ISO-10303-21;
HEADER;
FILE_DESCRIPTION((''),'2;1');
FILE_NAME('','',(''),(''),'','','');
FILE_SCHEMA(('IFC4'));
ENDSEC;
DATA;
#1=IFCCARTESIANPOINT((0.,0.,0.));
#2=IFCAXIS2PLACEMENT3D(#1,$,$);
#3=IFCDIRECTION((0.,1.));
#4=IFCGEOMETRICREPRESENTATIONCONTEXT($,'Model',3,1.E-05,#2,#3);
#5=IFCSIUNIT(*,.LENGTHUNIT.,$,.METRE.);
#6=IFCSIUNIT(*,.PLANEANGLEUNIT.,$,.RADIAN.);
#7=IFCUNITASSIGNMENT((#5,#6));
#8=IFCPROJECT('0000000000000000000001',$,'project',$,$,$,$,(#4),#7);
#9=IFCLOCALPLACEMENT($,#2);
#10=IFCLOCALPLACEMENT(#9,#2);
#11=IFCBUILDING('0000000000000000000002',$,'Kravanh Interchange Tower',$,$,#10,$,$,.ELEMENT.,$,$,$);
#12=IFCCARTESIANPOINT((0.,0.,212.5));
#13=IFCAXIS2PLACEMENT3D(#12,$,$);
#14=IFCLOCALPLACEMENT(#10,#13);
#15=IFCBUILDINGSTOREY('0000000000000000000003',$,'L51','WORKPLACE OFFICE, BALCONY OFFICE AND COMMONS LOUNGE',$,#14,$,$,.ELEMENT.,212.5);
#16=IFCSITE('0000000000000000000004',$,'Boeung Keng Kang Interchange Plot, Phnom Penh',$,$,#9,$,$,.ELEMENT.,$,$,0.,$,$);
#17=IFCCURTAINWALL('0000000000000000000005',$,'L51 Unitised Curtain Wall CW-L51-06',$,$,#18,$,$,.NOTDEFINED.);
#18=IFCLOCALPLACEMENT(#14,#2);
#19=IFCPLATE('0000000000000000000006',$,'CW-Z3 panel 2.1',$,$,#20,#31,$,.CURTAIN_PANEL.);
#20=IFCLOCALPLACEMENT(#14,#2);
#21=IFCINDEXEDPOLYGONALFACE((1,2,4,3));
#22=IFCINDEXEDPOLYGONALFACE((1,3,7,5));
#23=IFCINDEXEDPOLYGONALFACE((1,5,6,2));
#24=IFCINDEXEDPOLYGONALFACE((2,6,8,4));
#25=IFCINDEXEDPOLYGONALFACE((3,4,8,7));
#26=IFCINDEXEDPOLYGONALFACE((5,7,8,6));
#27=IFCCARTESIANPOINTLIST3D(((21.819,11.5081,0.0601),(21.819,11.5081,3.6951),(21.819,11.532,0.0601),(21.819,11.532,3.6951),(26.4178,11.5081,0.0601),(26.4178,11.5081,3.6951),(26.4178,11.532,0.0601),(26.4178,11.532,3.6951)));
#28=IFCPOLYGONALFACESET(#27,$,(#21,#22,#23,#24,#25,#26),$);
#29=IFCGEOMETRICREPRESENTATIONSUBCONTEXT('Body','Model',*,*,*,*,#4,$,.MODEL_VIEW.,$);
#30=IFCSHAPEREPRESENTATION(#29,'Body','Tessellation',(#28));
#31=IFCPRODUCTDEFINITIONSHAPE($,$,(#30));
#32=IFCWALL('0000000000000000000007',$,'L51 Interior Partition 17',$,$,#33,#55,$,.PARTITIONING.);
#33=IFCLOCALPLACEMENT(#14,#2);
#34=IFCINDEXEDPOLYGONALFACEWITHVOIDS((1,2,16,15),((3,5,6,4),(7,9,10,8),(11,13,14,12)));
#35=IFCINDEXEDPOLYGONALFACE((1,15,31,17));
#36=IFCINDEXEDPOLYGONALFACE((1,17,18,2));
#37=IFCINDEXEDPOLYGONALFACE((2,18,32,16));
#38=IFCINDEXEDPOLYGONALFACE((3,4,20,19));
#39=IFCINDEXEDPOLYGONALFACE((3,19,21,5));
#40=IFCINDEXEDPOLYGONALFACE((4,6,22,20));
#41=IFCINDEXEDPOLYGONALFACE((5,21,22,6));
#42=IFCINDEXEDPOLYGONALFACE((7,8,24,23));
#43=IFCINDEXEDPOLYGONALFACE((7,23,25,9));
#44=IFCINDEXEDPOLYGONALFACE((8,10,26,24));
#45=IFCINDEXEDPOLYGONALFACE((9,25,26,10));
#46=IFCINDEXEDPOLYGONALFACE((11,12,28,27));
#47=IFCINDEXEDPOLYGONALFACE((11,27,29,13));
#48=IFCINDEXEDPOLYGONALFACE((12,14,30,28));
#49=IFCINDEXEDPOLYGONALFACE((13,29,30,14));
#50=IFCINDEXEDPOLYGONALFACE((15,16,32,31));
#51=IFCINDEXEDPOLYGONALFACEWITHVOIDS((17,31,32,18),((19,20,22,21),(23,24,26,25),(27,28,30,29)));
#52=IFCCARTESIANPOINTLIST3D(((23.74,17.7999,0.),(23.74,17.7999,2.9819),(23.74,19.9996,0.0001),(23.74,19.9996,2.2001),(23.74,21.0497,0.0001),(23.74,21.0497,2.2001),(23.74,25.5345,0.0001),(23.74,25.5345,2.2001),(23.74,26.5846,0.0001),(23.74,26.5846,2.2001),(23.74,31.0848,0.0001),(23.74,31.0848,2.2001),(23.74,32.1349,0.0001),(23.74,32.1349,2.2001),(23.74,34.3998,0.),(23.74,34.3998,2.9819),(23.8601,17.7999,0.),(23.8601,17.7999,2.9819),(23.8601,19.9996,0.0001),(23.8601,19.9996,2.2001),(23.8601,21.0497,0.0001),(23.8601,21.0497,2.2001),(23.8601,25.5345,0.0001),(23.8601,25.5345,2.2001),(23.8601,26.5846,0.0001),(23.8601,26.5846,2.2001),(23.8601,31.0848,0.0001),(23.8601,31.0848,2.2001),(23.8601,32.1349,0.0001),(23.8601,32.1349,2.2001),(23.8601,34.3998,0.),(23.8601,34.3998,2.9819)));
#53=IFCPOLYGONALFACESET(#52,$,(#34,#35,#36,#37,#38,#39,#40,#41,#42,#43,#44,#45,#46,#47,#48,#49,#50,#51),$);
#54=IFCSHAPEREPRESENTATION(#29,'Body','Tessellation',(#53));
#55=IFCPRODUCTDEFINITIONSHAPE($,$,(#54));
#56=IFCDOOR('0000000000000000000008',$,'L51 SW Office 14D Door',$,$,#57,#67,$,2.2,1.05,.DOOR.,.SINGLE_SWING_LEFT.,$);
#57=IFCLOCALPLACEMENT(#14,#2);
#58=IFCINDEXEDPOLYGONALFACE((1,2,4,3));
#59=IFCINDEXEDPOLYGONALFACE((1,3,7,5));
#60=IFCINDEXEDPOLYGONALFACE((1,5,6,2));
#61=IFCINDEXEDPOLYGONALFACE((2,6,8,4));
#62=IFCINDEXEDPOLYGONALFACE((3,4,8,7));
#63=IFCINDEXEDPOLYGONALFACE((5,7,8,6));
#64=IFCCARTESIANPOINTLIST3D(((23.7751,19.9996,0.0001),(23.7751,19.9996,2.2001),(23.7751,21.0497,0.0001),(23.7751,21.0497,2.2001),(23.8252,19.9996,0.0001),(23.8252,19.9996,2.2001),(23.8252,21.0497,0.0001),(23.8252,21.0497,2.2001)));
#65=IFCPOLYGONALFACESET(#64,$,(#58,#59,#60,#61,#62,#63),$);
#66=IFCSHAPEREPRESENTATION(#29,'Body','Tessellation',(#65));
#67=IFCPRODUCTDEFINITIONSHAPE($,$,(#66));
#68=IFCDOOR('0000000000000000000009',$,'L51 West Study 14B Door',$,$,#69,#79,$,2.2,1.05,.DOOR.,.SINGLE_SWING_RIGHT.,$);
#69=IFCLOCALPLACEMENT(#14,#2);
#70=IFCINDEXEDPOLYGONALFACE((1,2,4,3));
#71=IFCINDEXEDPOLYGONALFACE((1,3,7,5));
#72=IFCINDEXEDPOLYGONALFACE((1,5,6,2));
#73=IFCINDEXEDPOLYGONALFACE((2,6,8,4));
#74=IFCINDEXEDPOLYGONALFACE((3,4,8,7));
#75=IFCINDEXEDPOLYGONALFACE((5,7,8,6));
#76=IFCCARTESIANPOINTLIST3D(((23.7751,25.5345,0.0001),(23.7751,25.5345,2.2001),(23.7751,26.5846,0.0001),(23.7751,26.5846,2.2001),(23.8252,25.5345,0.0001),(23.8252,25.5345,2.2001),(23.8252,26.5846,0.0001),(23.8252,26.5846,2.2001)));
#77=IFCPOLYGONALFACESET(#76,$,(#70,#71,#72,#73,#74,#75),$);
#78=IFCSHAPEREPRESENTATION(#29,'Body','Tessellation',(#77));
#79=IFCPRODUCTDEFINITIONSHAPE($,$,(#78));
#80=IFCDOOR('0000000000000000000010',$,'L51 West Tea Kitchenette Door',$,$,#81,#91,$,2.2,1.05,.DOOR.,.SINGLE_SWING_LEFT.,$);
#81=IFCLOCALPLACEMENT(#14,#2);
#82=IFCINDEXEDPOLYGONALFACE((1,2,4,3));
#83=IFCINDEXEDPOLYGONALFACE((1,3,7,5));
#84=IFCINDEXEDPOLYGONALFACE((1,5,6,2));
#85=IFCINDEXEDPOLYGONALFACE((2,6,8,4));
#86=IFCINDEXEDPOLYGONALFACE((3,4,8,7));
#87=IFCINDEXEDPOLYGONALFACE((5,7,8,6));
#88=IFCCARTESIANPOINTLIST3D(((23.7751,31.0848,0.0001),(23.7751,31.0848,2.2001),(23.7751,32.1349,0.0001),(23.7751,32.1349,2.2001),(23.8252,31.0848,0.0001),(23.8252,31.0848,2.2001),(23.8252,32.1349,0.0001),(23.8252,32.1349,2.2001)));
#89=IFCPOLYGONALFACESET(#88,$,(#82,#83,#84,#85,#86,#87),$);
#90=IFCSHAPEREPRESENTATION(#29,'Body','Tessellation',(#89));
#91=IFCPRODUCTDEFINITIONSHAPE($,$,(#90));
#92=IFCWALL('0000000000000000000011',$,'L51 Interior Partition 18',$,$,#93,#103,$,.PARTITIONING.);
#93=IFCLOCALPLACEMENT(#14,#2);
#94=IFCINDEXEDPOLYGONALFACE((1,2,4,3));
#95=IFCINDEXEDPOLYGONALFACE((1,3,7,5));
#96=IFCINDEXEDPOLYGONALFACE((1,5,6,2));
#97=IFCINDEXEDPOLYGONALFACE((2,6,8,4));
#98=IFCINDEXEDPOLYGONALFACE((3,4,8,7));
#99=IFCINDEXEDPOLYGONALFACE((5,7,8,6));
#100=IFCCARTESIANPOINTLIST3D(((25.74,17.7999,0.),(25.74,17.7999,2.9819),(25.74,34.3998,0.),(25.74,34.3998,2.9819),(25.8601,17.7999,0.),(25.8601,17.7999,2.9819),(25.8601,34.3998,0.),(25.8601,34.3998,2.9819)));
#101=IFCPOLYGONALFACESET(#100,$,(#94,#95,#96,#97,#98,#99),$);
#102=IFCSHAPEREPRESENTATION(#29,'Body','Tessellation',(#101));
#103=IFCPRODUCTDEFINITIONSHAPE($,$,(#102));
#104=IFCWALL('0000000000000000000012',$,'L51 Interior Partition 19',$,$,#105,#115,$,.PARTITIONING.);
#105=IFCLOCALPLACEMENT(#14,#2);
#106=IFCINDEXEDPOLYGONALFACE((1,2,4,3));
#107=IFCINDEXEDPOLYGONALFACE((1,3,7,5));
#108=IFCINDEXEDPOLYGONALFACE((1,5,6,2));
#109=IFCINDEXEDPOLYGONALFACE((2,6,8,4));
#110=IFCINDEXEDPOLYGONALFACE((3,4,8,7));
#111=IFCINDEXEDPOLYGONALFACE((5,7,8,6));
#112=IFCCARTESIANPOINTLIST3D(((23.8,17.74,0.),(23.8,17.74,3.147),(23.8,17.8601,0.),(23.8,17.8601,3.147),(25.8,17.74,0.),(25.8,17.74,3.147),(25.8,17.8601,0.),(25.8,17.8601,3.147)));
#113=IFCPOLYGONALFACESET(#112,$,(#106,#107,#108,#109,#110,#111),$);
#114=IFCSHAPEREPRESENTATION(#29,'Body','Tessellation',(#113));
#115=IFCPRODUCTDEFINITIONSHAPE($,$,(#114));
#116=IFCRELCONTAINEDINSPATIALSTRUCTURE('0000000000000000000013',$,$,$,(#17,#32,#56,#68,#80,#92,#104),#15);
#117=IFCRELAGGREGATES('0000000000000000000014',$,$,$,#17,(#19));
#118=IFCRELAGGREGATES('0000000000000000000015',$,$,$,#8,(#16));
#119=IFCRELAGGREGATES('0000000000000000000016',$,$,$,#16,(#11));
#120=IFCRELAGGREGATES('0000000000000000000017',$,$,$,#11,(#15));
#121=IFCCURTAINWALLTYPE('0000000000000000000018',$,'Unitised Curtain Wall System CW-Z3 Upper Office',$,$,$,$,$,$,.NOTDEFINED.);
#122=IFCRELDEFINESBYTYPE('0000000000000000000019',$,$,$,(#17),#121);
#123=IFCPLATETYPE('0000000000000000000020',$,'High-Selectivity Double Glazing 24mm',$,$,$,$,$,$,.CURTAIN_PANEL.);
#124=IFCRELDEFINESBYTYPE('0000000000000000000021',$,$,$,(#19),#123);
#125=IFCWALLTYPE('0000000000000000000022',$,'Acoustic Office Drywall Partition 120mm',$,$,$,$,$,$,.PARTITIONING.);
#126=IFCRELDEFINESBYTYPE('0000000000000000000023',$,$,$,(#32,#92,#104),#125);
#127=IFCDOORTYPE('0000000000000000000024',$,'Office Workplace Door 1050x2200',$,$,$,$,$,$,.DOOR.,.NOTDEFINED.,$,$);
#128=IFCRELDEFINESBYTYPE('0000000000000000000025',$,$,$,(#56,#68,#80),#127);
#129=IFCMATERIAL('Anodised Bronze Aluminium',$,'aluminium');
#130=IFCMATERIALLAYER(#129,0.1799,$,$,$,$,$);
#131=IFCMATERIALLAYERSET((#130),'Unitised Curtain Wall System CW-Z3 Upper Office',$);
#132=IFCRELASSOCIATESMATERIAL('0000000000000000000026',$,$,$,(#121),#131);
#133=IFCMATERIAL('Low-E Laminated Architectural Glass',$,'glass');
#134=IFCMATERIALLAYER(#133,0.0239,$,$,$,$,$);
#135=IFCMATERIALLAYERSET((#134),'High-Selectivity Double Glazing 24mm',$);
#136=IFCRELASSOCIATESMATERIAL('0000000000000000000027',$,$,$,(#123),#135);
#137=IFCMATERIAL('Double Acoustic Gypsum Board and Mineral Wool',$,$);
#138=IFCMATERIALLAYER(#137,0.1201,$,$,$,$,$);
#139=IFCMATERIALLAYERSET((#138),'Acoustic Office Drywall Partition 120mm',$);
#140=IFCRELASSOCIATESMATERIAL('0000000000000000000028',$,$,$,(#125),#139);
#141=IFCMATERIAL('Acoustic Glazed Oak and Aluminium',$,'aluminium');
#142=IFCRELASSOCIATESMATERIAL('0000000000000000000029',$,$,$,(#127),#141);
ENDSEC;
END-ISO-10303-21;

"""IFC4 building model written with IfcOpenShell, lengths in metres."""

from ifc_helpers import new_model, si_unit, direction, frame, frame_2d, origin, origin_2d, place, context, subcontext, project, spatial, rectangle, extrude, material, layer, layer_set, type_object, element, fill, aggregate, save


model = new_model("IFC4")

# Units and contexts
model_context = context("Model", 3, precision=1e-05, world=origin(), true_north=direction((0.0, 1.0)))
body_context = subcontext(model_context, "Body", "Model", "MODEL_VIEW")
ifc_project = project(units=[si_unit("LENGTHUNIT", "METRE"), si_unit("PLANEANGLEUNIT", "RADIAN")], contexts=[model_context])

# Site, building, storey
site_placement = place(None, origin())
site = spatial("IfcSite", under=ifc_project, at=site_placement, Name="Boeung Keng Kang Interchange Plot, Phnom Penh", CompositionType="ELEMENT", RefElevation=0.0)
building_placement = place(site_placement, origin())
building = spatial("IfcBuilding", under=site, at=building_placement, Name="Kravanh Interchange Tower", CompositionType="ELEMENT")
storey_placement = place(building_placement, frame((0.0, 0.0, 212.5)))
storey = spatial("IfcBuildingStorey", under=building, at=storey_placement, Name="L51", Description="WORKPLACE OFFICE, BALCONY OFFICE AND COMMONS LOUNGE", CompositionType="ELEMENT", Elevation=212.5)

# Curtain wall
ifc_material_1 = material(Name="Anodised Bronze Aluminium", Category="aluminium")
ifc_layer_1 = layer(ifc_material_1, 0.1799)
ifc_layer_set_1 = layer_set([ifc_layer_1], Name="Unitised Curtain Wall System CW-Z3 Upper Office")
curtain_wall_type = type_object("IfcCurtainWallType", Name="Unitised Curtain Wall System CW-Z3 Upper Office", PredefinedType="NOTDEFINED", material=ifc_layer_set_1)
curtain_wall_1_placement = place(storey_placement, origin())
curtain_wall_1 = element("IfcCurtainWall", 1, at=curtain_wall_1_placement, inside=storey, type_object=curtain_wall_type, Name="L51 Unitised Curtain Wall CW-L51-06", PredefinedType="NOTDEFINED")

# Plate
ifc_material_2 = material(Name="Low-E Laminated Architectural Glass", Category="glass")
ifc_layer_2 = layer(ifc_material_2, 0.0239)
ifc_layer_set_2 = layer_set([ifc_layer_2], Name="High-Selectivity Double Glazing 24mm")
plate_type = type_object("IfcPlateType", Name="High-Selectivity Double Glazing 24mm", PredefinedType="CURTAIN_PANEL", material=ifc_layer_set_2)
plate_placement = place(storey_placement, frame((24.1184, 11.52, 0.0601), z_axis=(0.0, 0.0, 1.0), x_axis=(-1.0, 0.0, 0.0)))
plate = element("IfcPlate", 2, at=plate_placement, type_object=plate_type, Name="CW-Z3 panel 2.1", PredefinedType="CURTAIN_PANEL", context=body_context, shape_type="SweptSolid", body=[
    extrude(rectangle(XDim=4.5989, YDim=0.0239, at=origin_2d()), origin(), (0.0, 0.0, 1.0), 3.635),
])
aggregate(curtain_wall_1, [plate])

# Wall, openings, doors
ifc_material_3 = material(Name="Double Acoustic Gypsum Board and Mineral Wool")
ifc_layer_3 = layer(ifc_material_3, 0.1201)
ifc_layer_set_3 = layer_set([ifc_layer_3], Name="Acoustic Office Drywall Partition 120mm")
wall_type = type_object("IfcWallType", Name="Acoustic Office Drywall Partition 120mm", PredefinedType="PARTITIONING", material=ifc_layer_set_3)
wall_1_placement = place(storey_placement, frame((23.8, 17.8, 0.0), z_axis=(0.0, 0.0, 1.0), x_axis=(0.0, 1.0, 0.0)))
wall_1 = element("IfcWall", 3, at=wall_1_placement, inside=storey, type_object=wall_type, Name="L51 Interior Partition 17", PredefinedType="PARTITIONING", context=body_context, shape_type="SweptSolid", body=[
    extrude(rectangle(XDim=16.5999, YDim=0.1201, at=frame_2d((8.2998, 0.0))), origin(), (0.0, 0.0, 1.0), 2.9819),
])
opening_1_placement = place(wall_1_placement, frame((2.1997, 0.0, 0.0)))
opening_1 = element("IfcOpeningElement", 4, at=opening_1_placement, cuts=wall_1, PredefinedType="OPENING", context=body_context, shape_type="SweptSolid", body=[
    extrude(rectangle(XDim=1.05, YDim=2.2, at=frame_2d((0.5249, 1.1001))), frame((0.0, 0.0701, 0.0), z_axis=(0.0, -1.0, 0.0), x_axis=(1.0, 0.0, 0.0)), (0.0, 0.0, 1.0), 0.1401),
])
opening_2_placement = place(wall_1_placement, frame((7.7346, 0.0, 0.0)))
opening_2 = element("IfcOpeningElement", 5, at=opening_2_placement, cuts=wall_1, PredefinedType="OPENING", context=body_context, shape_type="SweptSolid", body=[
    extrude(rectangle(XDim=1.05, YDim=2.2, at=frame_2d((0.5249, 1.1001))), frame((0.0, 0.0701, 0.0), z_axis=(0.0, -1.0, 0.0), x_axis=(1.0, 0.0, 0.0)), (0.0, 0.0, 1.0), 0.1401),
])
opening_3_placement = place(wall_1_placement, frame((13.2849, 0.0, 0.0)))
opening_3 = element("IfcOpeningElement", 6, at=opening_3_placement, cuts=wall_1, PredefinedType="OPENING", context=body_context, shape_type="SweptSolid", body=[
    extrude(rectangle(XDim=1.05, YDim=2.2, at=frame_2d((0.5249, 1.1001))), frame((0.0, 0.0701, 0.0), z_axis=(0.0, -1.0, 0.0), x_axis=(1.0, 0.0, 0.0)), (0.0, 0.0, 1.0), 0.1401),
])
ifc_material_4 = material(Name="Acoustic Glazed Oak and Aluminium", Category="aluminium")
door_type = type_object("IfcDoorType", Name="Office Workplace Door 1050x2200", OperationType="NOTDEFINED", PredefinedType="DOOR", material=ifc_material_4)
door_1_placement = place(opening_1_placement, origin())
door_1 = element("IfcDoor", 7, at=door_1_placement, inside=storey, type_object=door_type, Name="L51 SW Office 14D Door", OperationType="SINGLE_SWING_LEFT", OverallHeight=2.2, OverallWidth=1.05, PredefinedType="DOOR", context=body_context, shape_type="SweptSolid", body=[
    extrude(rectangle(XDim=1.05, YDim=2.2, at=frame_2d((0.5249, 1.1001))), frame((0.0, 0.0249, 0.0), z_axis=(0.0, -1.0, 0.0), x_axis=(1.0, 0.0, 0.0)), (0.0, 0.0, 1.0), 0.05),
])
fill(opening_1, door_1)
door_2_placement = place(opening_2_placement, origin())
door_2 = element("IfcDoor", 8, at=door_2_placement, inside=storey, type_object=door_type, Name="L51 West Study 14B Door", OperationType="SINGLE_SWING_RIGHT", OverallHeight=2.2, OverallWidth=1.05, PredefinedType="DOOR", context=body_context, shape_type="SweptSolid", body=[
    extrude(rectangle(XDim=1.05, YDim=2.2, at=frame_2d((0.5249, 1.1001))), frame((0.0, 0.0249, 0.0), z_axis=(0.0, -1.0, 0.0), x_axis=(1.0, 0.0, 0.0)), (0.0, 0.0, 1.0), 0.05),
])
fill(opening_2, door_2)
door_3_placement = place(opening_3_placement, origin())
door_3 = element("IfcDoor", 9, at=door_3_placement, inside=storey, type_object=door_type, Name="L51 West Tea Kitchenette Door", OperationType="SINGLE_SWING_LEFT", OverallHeight=2.2, OverallWidth=1.05, PredefinedType="DOOR", context=body_context, shape_type="SweptSolid", body=[
    extrude(rectangle(XDim=1.05, YDim=2.2, at=frame_2d((0.5249, 1.1001))), frame((0.0, 0.0249, 0.0), z_axis=(0.0, -1.0, 0.0), x_axis=(1.0, 0.0, 0.0)), (0.0, 0.0, 1.0), 0.05),
])
fill(opening_3, door_3)

# Walls
wall_2_placement = place(storey_placement, frame((25.8, 17.8, 0.0), z_axis=(0.0, 0.0, 1.0), x_axis=(0.0, 1.0, 0.0)))
element("IfcWall", 10, at=wall_2_placement, inside=storey, type_object=wall_type, Name="L51 Interior Partition 18", PredefinedType="PARTITIONING", context=body_context, shape_type="SweptSolid", body=[
    extrude(rectangle(XDim=16.5999, YDim=0.1201, at=frame_2d((8.2998, 0.0))), origin(), (0.0, 0.0, 1.0), 2.9819),
])
wall_3_placement = place(storey_placement, frame((23.8, 17.8, 0.0), z_axis=(0.0, 0.0, 1.0), x_axis=(1.0, 0.0, 0.0)))
element("IfcWall", 11, at=wall_3_placement, inside=storey, type_object=wall_type, Name="L51 Interior Partition 19", PredefinedType="PARTITIONING", context=body_context, shape_type="SweptSolid", body=[
    extrude(rectangle(XDim=2.0, YDim=0.1201, at=frame_2d((1.0, 0.0))), origin(), (0.0, 0.0, 1.0), 3.147),
])

save(model, "model.ifc")
